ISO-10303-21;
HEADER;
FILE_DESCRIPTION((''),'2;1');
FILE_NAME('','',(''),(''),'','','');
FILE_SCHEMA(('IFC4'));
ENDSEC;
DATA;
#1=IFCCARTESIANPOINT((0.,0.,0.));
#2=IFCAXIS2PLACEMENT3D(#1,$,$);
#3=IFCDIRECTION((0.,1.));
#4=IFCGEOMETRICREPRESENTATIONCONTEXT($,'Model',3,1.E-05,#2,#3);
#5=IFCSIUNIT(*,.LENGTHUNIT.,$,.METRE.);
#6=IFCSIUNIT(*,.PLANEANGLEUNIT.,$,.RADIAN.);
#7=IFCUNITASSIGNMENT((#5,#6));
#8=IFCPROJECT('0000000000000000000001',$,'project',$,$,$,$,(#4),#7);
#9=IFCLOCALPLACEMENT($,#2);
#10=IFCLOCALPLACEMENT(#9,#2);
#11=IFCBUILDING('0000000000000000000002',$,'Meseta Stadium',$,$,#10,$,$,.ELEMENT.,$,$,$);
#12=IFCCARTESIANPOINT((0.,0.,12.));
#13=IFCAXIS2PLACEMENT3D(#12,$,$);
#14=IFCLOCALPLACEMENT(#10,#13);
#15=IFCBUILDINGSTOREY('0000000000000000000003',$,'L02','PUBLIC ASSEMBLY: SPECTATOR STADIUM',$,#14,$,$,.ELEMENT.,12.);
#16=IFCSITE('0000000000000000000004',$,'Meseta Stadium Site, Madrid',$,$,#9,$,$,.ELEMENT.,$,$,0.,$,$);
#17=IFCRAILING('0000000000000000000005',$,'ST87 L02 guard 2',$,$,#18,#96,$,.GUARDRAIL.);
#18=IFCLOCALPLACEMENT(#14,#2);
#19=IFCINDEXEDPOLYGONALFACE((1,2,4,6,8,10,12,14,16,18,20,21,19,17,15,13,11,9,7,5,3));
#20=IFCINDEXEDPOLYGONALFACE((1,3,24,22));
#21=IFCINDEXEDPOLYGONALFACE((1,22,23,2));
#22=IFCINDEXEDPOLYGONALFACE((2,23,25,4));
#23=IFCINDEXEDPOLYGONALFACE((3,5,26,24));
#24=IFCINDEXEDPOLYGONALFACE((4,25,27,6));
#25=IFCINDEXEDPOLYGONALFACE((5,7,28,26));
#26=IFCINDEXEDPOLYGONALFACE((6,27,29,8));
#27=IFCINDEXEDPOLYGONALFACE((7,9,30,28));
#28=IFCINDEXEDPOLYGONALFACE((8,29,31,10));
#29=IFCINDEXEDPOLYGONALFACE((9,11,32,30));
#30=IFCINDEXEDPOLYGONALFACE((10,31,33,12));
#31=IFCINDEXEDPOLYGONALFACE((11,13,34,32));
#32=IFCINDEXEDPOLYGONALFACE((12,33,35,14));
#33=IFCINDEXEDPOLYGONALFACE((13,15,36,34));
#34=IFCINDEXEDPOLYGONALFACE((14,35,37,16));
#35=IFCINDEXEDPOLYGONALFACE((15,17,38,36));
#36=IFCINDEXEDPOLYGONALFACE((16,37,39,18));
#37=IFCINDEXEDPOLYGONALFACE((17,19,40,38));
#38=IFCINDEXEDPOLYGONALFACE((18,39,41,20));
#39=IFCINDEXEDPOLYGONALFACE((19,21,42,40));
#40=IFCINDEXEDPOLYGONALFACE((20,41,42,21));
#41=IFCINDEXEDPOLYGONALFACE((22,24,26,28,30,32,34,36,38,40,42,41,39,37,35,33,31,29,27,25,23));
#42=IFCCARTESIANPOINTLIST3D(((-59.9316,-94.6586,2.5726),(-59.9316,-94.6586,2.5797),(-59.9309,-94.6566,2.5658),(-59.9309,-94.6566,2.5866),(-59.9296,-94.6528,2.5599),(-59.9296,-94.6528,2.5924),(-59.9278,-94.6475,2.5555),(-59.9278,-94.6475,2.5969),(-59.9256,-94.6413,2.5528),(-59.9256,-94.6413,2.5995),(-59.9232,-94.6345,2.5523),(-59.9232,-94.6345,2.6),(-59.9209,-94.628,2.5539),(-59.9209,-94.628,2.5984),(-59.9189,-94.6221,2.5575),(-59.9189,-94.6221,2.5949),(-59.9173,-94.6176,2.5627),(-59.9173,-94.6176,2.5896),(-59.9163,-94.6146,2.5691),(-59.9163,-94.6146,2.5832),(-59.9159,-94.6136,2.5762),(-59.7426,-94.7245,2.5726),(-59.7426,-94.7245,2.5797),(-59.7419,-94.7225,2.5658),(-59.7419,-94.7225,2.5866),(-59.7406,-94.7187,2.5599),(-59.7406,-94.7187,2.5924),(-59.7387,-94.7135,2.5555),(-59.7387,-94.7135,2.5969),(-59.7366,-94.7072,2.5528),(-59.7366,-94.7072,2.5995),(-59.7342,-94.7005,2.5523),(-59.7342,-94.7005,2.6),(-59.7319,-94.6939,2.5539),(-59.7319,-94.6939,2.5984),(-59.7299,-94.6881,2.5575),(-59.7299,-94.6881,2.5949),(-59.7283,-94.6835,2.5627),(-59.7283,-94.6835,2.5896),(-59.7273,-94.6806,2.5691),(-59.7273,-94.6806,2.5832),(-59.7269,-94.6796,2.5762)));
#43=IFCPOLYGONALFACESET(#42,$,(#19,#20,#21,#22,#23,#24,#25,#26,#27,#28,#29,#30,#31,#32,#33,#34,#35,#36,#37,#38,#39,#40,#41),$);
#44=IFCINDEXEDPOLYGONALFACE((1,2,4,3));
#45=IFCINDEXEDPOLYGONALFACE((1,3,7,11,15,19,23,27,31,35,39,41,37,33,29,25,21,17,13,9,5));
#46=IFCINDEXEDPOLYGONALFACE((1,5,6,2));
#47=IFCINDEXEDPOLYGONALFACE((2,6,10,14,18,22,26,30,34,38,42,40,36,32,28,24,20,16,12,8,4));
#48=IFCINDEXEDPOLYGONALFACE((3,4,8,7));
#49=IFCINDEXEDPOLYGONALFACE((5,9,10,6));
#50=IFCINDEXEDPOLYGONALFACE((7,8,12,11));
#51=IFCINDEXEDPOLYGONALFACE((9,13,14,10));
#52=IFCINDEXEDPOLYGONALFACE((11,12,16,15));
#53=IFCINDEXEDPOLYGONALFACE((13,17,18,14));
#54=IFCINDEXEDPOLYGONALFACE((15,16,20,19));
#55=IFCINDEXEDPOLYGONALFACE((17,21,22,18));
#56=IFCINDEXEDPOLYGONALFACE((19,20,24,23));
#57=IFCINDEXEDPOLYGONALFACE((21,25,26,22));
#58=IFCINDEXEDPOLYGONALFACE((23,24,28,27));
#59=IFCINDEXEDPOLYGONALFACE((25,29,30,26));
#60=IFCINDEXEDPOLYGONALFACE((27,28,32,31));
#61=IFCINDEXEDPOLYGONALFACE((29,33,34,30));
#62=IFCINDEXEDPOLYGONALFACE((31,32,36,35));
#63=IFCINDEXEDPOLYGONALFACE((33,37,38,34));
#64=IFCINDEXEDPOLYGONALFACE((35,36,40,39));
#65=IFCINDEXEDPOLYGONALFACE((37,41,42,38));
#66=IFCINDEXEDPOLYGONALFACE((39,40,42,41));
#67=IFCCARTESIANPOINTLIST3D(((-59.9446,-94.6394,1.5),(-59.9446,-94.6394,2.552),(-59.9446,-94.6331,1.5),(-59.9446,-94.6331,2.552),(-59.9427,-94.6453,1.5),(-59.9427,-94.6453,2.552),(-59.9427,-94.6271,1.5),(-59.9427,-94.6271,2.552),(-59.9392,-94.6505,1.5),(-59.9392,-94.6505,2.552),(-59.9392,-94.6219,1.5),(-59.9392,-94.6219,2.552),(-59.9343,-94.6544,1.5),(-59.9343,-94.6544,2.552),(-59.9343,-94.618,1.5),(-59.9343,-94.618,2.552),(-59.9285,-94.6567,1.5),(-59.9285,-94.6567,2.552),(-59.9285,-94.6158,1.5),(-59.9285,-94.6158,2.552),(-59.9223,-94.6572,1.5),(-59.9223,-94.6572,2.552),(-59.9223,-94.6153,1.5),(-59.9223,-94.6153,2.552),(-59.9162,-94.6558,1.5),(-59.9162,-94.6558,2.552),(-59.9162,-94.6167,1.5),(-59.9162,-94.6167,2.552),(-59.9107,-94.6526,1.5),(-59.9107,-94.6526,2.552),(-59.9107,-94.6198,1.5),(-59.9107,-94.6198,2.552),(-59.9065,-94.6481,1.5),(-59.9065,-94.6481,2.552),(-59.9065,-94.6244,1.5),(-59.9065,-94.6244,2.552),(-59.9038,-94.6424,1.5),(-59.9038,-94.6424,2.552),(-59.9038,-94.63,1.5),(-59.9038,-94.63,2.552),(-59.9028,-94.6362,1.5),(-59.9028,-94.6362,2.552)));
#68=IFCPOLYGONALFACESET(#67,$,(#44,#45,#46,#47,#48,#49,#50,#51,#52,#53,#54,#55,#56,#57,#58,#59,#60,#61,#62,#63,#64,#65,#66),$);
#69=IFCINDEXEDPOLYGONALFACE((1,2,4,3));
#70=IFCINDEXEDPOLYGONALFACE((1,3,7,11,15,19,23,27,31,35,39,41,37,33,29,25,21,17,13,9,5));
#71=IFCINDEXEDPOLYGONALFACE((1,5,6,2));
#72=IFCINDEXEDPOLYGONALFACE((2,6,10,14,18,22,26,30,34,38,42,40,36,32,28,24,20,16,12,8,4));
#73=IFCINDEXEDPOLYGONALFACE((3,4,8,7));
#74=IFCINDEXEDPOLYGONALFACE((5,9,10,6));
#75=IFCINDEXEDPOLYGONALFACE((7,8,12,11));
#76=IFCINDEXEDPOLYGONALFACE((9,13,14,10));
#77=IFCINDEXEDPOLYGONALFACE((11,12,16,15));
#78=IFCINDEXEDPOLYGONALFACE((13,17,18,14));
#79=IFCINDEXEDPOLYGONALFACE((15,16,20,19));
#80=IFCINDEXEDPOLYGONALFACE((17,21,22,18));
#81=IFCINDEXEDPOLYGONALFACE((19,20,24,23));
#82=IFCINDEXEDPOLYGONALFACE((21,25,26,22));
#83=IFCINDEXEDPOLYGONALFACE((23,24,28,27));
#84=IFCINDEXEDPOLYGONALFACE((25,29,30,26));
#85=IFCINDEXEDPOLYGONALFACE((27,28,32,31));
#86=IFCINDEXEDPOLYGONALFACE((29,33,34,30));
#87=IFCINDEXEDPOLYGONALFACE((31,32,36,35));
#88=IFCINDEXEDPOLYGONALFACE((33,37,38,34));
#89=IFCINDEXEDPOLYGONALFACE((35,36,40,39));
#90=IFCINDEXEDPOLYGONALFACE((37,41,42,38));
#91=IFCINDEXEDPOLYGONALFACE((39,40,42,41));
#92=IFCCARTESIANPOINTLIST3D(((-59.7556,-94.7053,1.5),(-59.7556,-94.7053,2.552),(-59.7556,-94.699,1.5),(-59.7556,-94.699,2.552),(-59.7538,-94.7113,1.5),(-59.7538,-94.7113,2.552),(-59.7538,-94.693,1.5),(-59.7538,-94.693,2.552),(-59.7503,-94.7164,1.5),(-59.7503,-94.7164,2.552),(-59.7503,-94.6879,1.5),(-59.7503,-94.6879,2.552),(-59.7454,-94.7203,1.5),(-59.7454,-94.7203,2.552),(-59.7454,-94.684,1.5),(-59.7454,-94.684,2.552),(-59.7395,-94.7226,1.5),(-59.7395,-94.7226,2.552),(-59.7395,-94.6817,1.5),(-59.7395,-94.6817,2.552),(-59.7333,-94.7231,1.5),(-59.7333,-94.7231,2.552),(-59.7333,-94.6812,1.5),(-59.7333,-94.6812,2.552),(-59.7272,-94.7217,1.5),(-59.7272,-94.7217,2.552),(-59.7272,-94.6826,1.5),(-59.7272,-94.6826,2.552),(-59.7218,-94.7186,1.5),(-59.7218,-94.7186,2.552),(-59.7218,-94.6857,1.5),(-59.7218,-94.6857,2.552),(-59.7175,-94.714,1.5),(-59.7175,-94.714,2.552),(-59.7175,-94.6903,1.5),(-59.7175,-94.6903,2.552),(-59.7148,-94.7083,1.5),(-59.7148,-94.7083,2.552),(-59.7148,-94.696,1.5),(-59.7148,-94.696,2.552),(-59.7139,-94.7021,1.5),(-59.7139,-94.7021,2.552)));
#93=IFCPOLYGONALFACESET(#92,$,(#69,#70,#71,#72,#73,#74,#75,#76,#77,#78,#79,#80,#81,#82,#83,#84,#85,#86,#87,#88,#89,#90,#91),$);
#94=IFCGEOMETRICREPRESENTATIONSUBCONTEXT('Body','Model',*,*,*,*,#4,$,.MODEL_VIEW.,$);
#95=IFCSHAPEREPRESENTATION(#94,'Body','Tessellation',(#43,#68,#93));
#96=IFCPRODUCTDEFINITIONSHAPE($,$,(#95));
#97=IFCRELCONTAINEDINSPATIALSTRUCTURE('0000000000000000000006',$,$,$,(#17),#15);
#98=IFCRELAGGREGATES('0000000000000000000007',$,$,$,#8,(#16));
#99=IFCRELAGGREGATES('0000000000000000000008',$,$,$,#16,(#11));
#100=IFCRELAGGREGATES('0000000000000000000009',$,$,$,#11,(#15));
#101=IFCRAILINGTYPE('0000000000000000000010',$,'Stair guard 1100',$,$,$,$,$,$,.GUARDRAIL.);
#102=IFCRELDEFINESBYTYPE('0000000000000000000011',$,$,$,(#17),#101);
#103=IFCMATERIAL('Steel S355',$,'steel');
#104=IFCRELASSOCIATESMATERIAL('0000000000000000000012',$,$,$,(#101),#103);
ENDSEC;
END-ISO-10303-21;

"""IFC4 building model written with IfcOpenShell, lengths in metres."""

from ifc_helpers import new_model, si_unit, direction, frame, origin, origin_2d, place, context, subcontext, project, spatial, circle, extrude, material, type_object, element, save


model = new_model("IFC4")

# Units and contexts
model_context = context("Model", 3, precision=1e-05, world=origin(), true_north=direction((0.0, 1.0)))
body_context = subcontext(model_context, "Body", "Model", "MODEL_VIEW")
ifc_project = project(units=[si_unit("LENGTHUNIT", "METRE"), si_unit("PLANEANGLEUNIT", "RADIAN")], contexts=[model_context])

# Site, building, storey
site_placement = place(None, origin())
site = spatial("IfcSite", under=ifc_project, at=site_placement, Name="Meseta Stadium Site, Madrid", CompositionType="ELEMENT", RefElevation=0.0)
building_placement = place(site_placement, origin())
building = spatial("IfcBuilding", under=site, at=building_placement, Name="Meseta Stadium", CompositionType="ELEMENT")
storey_placement = place(building_placement, frame((0.0, 0.0, 12.0)))
storey = spatial("IfcBuildingStorey", under=building, at=storey_placement, Name="L02", Description="PUBLIC ASSEMBLY: SPECTATOR STADIUM", CompositionType="ELEMENT", Elevation=12.0)

# Railing
ifc_material_1 = material(Name="Steel S355", Category="steel")
railing_type_1 = type_object("IfcRailingType", Name="Stair guard 1100", PredefinedType="GUARDRAIL", material=ifc_material_1)
railing_1_placement = place(storey_placement, frame((-59.9238, -94.6362, 1.5)))
element("IfcRailing", 1, at=railing_1_placement, inside=storey, type_object=railing_type_1, Name="ST87 L02 guard 2", PredefinedType="GUARDRAIL", context=body_context, shape_type="SweptSolid", body=[
    extrude(circle(Radius=0.0239, at=origin_2d()), frame((0.0, 0.0, 1.0762), z_axis=(0.9442, -0.329372, 0.0), x_axis=(0.329372, 0.9442, 0.0)), (0.0, 0.0, 1.0), 0.2002),
    extrude(circle(Radius=0.021, at=origin_2d()), origin(), (0.0, 0.0, 1.0), 1.052),
    extrude(circle(Radius=0.021, at=origin_2d()), frame((0.189, -0.0659, 0.0)), (0.0, 0.0, 1.0), 1.052),
])

save(model, "model.ifc")
